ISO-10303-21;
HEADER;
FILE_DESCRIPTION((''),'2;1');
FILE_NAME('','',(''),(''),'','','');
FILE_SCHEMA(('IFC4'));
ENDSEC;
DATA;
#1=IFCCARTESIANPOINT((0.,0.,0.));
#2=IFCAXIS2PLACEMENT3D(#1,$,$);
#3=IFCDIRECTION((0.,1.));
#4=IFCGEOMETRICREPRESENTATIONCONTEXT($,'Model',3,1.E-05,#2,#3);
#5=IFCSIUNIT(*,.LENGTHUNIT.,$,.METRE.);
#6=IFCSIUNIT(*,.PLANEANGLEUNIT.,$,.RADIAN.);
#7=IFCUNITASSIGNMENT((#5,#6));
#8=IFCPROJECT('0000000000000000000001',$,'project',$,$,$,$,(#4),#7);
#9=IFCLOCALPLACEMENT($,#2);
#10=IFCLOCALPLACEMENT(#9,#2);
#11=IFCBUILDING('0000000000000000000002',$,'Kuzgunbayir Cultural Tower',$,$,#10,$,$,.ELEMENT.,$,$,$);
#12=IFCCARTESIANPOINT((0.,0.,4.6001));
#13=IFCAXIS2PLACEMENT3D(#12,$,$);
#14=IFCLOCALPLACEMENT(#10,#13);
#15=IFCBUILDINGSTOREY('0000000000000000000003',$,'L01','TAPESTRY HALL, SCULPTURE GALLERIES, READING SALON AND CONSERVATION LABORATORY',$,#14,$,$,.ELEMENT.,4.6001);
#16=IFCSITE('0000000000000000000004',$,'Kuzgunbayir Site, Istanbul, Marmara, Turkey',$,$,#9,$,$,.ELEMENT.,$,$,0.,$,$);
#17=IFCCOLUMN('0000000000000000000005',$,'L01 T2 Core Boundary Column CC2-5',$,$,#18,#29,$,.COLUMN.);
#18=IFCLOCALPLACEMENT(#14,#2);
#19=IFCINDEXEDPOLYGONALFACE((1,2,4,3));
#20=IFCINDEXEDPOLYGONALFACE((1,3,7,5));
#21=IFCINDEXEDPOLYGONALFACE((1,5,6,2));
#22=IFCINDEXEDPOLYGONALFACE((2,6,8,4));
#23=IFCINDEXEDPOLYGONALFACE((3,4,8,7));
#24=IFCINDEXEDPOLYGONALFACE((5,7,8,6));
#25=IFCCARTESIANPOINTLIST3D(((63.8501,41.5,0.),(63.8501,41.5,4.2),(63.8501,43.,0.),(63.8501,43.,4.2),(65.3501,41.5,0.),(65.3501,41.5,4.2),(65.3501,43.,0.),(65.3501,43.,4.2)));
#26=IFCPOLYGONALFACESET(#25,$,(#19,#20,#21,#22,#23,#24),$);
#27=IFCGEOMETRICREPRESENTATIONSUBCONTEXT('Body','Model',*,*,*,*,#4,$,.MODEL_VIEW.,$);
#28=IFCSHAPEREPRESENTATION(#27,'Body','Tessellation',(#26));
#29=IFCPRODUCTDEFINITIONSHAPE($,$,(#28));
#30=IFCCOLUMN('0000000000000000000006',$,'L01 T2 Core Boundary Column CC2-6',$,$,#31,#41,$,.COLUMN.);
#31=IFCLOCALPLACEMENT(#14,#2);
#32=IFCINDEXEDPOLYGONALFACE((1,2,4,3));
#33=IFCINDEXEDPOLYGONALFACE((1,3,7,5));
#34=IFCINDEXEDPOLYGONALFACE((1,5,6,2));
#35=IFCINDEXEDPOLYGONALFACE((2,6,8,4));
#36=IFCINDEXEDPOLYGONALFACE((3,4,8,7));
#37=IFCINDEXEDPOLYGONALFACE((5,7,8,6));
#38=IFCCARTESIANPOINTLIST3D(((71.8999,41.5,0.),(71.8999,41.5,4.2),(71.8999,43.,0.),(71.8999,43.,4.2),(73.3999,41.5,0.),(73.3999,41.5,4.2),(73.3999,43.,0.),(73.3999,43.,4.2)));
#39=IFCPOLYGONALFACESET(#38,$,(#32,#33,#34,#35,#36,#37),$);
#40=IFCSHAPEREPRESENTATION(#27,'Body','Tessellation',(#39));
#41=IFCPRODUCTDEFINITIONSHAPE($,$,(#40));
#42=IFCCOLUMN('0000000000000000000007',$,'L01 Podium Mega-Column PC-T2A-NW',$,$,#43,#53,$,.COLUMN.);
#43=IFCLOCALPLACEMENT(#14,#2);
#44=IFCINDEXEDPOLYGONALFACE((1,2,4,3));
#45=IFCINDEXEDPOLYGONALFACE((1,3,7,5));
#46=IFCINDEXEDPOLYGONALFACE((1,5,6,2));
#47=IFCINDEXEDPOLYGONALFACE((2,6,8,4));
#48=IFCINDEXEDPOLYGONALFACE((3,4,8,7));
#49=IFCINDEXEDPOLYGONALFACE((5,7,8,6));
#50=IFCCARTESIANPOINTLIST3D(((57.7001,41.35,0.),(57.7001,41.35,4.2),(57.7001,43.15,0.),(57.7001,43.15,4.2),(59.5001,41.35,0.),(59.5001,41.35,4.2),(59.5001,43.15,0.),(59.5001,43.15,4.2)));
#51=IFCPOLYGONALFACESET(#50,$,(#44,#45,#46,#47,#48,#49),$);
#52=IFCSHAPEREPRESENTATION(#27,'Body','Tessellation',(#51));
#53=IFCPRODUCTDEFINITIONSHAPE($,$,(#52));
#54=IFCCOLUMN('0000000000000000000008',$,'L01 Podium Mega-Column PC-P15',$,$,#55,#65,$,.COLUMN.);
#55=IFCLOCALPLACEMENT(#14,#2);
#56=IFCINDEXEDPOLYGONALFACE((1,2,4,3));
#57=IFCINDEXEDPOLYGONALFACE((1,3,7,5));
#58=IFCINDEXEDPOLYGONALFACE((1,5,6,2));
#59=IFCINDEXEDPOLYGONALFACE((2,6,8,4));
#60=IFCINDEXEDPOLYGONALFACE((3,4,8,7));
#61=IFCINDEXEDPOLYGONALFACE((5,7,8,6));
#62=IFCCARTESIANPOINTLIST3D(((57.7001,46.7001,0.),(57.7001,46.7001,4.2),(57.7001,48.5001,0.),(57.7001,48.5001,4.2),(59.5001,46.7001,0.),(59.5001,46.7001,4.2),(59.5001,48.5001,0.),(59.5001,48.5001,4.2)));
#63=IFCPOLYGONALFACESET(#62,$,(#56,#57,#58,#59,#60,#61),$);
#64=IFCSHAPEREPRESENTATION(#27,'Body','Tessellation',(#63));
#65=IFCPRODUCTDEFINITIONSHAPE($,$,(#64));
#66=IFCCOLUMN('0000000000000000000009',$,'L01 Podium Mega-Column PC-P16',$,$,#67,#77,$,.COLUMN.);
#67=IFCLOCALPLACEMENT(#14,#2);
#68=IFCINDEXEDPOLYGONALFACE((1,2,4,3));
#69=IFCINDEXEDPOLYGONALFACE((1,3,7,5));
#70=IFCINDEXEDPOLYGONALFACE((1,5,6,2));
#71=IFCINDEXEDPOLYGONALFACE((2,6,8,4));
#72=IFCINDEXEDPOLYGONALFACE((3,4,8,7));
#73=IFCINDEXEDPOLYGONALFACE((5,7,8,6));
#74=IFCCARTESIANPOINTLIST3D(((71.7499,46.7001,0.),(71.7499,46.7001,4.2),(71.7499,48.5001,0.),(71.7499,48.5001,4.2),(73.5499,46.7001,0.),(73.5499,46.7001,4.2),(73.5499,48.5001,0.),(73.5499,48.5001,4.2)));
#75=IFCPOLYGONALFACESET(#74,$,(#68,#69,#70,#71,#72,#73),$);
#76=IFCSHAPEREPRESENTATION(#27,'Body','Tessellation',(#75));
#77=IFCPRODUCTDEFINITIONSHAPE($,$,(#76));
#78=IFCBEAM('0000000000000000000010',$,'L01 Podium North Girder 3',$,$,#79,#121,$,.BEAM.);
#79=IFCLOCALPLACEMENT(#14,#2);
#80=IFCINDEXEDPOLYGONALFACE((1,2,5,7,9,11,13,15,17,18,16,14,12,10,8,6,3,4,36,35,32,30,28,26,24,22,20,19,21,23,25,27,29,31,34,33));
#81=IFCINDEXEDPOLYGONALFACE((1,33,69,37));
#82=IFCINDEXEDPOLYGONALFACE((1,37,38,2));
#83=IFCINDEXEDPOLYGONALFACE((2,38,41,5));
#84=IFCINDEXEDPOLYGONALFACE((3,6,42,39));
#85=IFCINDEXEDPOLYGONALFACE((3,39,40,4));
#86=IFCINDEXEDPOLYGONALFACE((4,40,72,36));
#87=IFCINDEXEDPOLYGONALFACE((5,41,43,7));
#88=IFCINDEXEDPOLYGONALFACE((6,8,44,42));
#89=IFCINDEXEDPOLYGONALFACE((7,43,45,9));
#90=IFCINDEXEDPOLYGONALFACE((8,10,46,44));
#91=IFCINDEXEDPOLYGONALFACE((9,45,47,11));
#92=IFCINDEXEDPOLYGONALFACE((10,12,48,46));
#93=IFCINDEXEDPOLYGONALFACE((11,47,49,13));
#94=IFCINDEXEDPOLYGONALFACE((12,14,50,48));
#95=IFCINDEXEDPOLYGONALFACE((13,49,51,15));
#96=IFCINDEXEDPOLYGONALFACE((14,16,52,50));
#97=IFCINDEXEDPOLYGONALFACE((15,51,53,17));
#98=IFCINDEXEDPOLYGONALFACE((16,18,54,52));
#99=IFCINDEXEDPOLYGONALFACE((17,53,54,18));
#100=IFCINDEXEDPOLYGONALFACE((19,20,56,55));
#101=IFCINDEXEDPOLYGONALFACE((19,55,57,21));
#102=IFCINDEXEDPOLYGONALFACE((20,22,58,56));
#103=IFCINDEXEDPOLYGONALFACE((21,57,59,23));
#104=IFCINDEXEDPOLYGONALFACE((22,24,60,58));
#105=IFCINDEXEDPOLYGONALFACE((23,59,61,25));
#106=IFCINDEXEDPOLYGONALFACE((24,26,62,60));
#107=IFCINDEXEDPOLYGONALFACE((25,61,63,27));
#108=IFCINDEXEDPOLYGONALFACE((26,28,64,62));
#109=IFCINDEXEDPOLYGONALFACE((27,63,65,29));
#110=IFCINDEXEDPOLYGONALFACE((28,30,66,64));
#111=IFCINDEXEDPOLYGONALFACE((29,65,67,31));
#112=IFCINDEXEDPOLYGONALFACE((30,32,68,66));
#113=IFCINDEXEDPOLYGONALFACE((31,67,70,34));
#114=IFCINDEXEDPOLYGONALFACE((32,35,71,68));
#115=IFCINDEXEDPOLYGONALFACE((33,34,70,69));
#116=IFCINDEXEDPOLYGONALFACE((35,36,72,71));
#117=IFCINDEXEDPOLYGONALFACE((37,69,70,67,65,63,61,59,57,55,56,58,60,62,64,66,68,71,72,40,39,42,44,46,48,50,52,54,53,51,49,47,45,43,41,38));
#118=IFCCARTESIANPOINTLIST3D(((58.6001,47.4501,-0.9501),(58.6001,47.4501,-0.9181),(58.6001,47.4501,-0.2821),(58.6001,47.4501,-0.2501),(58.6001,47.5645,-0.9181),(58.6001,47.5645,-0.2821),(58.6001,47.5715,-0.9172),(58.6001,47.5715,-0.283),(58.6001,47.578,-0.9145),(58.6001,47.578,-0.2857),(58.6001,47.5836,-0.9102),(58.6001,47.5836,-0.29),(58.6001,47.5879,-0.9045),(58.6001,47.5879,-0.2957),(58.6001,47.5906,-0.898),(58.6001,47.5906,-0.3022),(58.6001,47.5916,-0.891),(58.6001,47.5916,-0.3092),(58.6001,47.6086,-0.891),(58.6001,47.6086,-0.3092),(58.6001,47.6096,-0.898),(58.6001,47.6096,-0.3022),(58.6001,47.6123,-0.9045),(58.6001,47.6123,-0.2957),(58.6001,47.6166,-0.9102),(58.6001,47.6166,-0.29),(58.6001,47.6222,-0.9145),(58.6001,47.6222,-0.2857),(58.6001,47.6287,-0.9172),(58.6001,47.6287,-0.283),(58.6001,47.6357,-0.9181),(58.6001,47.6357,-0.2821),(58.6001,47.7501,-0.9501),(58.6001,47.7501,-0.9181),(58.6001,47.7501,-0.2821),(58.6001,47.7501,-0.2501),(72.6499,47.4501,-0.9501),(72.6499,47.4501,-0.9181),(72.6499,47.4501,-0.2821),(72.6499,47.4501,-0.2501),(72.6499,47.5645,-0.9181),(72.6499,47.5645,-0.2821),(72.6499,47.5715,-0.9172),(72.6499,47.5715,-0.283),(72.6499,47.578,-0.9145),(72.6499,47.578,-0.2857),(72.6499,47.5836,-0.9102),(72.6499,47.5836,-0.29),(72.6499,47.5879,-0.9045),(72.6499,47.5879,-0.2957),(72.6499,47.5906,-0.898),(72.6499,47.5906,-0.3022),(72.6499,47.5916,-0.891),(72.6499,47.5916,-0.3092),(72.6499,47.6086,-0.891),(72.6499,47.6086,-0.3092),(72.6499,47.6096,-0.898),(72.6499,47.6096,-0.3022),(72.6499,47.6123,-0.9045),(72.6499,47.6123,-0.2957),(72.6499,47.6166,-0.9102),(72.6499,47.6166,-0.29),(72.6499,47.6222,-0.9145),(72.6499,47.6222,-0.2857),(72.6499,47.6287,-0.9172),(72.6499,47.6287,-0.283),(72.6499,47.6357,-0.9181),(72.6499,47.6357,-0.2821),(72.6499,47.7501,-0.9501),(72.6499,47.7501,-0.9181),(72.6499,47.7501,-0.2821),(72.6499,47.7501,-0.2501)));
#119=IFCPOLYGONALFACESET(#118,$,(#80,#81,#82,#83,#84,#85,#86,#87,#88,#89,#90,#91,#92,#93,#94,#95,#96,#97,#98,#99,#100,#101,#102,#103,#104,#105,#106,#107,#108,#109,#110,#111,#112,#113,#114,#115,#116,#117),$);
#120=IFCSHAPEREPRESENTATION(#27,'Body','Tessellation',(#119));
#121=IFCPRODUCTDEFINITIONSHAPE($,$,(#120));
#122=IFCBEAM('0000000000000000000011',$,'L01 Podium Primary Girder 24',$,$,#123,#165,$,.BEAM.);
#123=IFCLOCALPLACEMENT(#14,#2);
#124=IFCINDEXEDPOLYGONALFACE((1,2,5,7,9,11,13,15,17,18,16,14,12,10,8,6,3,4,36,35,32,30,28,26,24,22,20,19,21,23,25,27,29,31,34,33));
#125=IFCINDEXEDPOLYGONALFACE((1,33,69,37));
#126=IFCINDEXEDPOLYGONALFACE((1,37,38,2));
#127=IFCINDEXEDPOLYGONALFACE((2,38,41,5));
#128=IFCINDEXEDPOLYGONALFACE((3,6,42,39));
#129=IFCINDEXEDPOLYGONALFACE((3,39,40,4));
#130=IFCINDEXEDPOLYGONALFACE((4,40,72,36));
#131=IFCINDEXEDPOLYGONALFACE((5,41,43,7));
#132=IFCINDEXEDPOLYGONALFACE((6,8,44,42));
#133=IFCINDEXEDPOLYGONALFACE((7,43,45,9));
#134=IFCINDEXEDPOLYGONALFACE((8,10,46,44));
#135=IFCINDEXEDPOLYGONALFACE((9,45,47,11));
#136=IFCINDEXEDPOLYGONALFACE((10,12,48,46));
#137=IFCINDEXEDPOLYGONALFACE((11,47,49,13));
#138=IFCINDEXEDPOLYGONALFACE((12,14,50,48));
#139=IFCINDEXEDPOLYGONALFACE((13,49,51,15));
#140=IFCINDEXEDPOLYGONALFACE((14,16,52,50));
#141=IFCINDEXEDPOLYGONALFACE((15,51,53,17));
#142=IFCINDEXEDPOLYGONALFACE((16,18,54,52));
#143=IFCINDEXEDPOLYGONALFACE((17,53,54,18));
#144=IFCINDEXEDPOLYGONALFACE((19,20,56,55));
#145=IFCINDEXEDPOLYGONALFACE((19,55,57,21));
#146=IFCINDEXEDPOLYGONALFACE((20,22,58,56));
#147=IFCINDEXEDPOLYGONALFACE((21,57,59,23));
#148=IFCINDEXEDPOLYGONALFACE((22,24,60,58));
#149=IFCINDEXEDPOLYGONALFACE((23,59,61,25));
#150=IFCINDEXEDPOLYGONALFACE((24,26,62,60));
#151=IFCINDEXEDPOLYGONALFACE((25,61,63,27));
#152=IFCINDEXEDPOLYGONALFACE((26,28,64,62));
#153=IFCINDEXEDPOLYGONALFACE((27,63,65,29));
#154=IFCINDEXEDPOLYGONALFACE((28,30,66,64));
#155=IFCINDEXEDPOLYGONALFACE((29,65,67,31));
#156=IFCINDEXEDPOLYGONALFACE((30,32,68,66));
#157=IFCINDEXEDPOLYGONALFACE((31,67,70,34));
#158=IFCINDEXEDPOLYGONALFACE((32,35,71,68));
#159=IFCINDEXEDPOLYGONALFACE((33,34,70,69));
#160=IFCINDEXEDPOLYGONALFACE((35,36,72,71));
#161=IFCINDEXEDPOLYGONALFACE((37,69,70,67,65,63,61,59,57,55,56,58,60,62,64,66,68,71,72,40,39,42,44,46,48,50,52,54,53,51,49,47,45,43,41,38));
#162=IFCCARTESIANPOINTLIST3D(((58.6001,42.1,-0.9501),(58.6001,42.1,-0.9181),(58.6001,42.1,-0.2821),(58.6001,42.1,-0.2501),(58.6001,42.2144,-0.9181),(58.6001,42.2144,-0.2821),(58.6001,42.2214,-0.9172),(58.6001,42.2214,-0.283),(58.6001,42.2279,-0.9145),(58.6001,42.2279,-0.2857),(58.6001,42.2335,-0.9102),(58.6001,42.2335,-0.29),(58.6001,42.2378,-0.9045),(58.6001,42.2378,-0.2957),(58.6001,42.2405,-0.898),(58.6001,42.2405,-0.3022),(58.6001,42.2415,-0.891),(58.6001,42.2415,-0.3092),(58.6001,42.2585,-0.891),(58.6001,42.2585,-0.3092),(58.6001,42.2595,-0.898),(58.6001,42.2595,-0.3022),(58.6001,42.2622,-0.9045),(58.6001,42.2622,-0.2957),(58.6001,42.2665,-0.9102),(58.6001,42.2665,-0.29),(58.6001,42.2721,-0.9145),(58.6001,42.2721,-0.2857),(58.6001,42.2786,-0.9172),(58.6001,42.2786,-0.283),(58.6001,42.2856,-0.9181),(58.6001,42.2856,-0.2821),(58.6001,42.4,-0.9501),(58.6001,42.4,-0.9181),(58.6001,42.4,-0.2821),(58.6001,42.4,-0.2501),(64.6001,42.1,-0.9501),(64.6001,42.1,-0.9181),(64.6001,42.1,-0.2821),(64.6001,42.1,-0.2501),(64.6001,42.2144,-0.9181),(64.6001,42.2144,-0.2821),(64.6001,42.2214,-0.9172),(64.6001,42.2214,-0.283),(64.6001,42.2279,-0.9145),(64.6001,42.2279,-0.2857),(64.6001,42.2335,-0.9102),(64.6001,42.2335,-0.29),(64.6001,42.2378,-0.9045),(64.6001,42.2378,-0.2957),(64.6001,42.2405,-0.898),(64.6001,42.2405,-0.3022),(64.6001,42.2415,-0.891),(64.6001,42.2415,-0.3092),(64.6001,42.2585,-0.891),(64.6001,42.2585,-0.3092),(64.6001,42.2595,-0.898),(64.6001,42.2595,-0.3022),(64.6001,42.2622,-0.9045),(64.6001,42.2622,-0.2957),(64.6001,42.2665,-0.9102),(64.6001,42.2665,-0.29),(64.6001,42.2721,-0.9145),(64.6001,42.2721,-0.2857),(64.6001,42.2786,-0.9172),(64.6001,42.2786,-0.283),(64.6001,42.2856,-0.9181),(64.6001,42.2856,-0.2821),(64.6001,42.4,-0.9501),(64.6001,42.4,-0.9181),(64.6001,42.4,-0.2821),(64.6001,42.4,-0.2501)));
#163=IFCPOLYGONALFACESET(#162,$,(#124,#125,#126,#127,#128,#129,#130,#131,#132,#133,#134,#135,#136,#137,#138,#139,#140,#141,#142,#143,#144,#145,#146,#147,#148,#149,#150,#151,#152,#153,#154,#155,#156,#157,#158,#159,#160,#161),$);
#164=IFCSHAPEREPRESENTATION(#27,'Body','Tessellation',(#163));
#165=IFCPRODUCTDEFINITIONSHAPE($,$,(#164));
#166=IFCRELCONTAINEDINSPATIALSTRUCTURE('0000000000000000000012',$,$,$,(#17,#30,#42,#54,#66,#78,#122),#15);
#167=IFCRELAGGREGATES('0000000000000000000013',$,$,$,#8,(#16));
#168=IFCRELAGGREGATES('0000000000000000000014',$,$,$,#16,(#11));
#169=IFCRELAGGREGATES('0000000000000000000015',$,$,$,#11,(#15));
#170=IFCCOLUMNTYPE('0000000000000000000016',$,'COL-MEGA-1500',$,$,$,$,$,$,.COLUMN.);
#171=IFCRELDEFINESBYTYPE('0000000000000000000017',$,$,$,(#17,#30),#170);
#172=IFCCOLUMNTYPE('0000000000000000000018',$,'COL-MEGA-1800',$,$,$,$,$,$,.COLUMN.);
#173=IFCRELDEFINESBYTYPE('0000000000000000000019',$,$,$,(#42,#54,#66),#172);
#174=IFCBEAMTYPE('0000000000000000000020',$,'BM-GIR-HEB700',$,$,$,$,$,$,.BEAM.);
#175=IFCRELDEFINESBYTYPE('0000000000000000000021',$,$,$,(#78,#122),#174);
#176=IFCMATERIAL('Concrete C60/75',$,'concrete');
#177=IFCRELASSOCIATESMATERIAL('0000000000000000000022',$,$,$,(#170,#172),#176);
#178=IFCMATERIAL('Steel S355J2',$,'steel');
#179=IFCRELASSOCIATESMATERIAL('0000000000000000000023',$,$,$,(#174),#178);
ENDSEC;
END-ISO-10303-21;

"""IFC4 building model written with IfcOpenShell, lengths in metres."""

from ifc_helpers import new_model, si_unit, direction, frame, origin, origin_2d, place, context, subcontext, project, spatial, rectangle, i_section, extrude, material, material_profile, profile_set, type_object, element, save


model = new_model("IFC4")

# Units and contexts
model_context = context("Model", 3, precision=1e-05, world=origin(), true_north=direction((0.0, 1.0)))
body_context = subcontext(model_context, "Body", "Model", "MODEL_VIEW")
ifc_project = project(units=[si_unit("LENGTHUNIT", "METRE"), si_unit("PLANEANGLEUNIT", "RADIAN")], contexts=[model_context])

# Site, building, storey
site_placement = place(None, origin())
site = spatial("IfcSite", under=ifc_project, at=site_placement, Name="Kuzgunbayir Site, Istanbul, Marmara, Turkey", CompositionType="ELEMENT", RefElevation=0.0)
building_placement = place(site_placement, origin())
building = spatial("IfcBuilding", under=site, at=building_placement, Name="Kuzgunbayir Cultural Tower", CompositionType="ELEMENT")
storey_placement = place(building_placement, frame((0.0, 0.0, 4.6001)))
storey = spatial("IfcBuildingStorey", under=building, at=storey_placement, Name="L01", Description="TAPESTRY HALL, SCULPTURE GALLERIES, READING SALON AND CONSERVATION LABORATORY", CompositionType="ELEMENT", Elevation=4.6001)

# Columns
ifc_material_1 = material(Name="Concrete C60/75", Category="concrete")
ifc_material_profile_1 = material_profile(ifc_material_1, rectangle(XDim=1.5, YDim=1.5, at=origin_2d()), Name="RC 1500x1500")
ifc_profile_set_1 = profile_set([ifc_material_profile_1], Name="Concrete C60/75")
column_type_1 = type_object("IfcColumnType", Name="COL-MEGA-1500", PredefinedType="COLUMN", material=ifc_profile_set_1)
for number, where, z_axis, x_axis, name in (
    (1, (64.6001, 42.25, 0.0), (0.0, 0.0, 1.0), (1.0, 0.0, 0.0), "L01 T2 Core Boundary Column CC2-5"),
    (2, (72.6499, 42.25, 0.0), (0.0, 0.0, 1.0), (1.0, 0.0, 0.0), "L01 T2 Core Boundary Column CC2-6"),
):
    element("IfcColumn", number, at=place(storey_placement, frame(where, z_axis=z_axis, x_axis=x_axis)), inside=storey, type_object=column_type_1, Name=name, PredefinedType="COLUMN", context=body_context, shape_type="SweptSolid", body=[
        extrude(rectangle(XDim=1.5, YDim=1.5, at=origin_2d()), origin(), (0.0, 0.0, 1.0), 4.2),
    ])
ifc_material_profile_2 = material_profile(ifc_material_1, rectangle(XDim=1.8, YDim=1.8, at=origin_2d()), Name="RC 1800x1800")
ifc_profile_set_2 = profile_set([ifc_material_profile_2], Name="Concrete C60/75")
column_type_2 = type_object("IfcColumnType", Name="COL-MEGA-1800", PredefinedType="COLUMN", material=ifc_profile_set_2)
for number, where, z_axis, x_axis, name in (
    (3, (58.6001, 42.25, 0.0), (0.0, 0.0, 1.0), (1.0, 0.0, 0.0), "L01 Podium Mega-Column PC-T2A-NW"),
    (4, (58.6001, 47.6001, 0.0), (0.0, 0.0, 1.0), (1.0, 0.0, 0.0), "L01 Podium Mega-Column PC-P15"),
    (5, (72.6499, 47.6001, 0.0), (0.0, 0.0, 1.0), (1.0, 0.0, 0.0), "L01 Podium Mega-Column PC-P16"),
):
    element("IfcColumn", number, at=place(storey_placement, frame(where, z_axis=z_axis, x_axis=x_axis)), inside=storey, type_object=column_type_2, Name=name, PredefinedType="COLUMN", context=body_context, shape_type="SweptSolid", body=[
        extrude(rectangle(XDim=1.8, YDim=1.8, at=origin_2d()), origin(), (0.0, 0.0, 1.0), 4.2),
    ])

# Beams
ifc_material_2 = material(Name="Steel S355J2", Category="steel")
ifc_material_profile_3 = material_profile(ifc_material_2, i_section(OverallWidth=0.3, OverallDepth=0.7, WebThickness=0.0171, FlangeThickness=0.032, FilletRadius=0.0271, at=origin_2d()), Name="HEB 700")
ifc_profile_set_3 = profile_set([ifc_material_profile_3], Name="Steel S355J2")
beam_type = type_object("IfcBeamType", Name="BM-GIR-HEB700", PredefinedType="BEAM", material=ifc_profile_set_3)
beam_1_placement = place(storey_placement, frame((58.6001, 47.6001, -0.6001), z_axis=(1.0, 0.0, 0.0), x_axis=(0.0, 1.0, 0.0)))
element("IfcBeam", 6, at=beam_1_placement, inside=storey, type_object=beam_type, Name="L01 Podium North Girder 3", PredefinedType="BEAM", context=body_context, shape_type="SweptSolid", body=[
    extrude(i_section(OverallWidth=0.3, OverallDepth=0.7, WebThickness=0.0171, FlangeThickness=0.032, FilletRadius=0.0271, at=origin_2d()), origin(), (0.0, 0.0, 1.0), 14.0498),
])
beam_2_placement = place(storey_placement, frame((58.6001, 42.25, -0.6001), z_axis=(1.0, 0.0, 0.0), x_axis=(0.0, 1.0, 0.0)))
element("IfcBeam", 7, at=beam_2_placement, inside=storey, type_object=beam_type, Name="L01 Podium Primary Girder 24", PredefinedType="BEAM", context=body_context, shape_type="SweptSolid", body=[
    extrude(i_section(OverallWidth=0.3, OverallDepth=0.7, WebThickness=0.0171, FlangeThickness=0.032, FilletRadius=0.0271, at=origin_2d()), origin(), (0.0, 0.0, 1.0), 6.0),
])

save(model, "model.ifc")
